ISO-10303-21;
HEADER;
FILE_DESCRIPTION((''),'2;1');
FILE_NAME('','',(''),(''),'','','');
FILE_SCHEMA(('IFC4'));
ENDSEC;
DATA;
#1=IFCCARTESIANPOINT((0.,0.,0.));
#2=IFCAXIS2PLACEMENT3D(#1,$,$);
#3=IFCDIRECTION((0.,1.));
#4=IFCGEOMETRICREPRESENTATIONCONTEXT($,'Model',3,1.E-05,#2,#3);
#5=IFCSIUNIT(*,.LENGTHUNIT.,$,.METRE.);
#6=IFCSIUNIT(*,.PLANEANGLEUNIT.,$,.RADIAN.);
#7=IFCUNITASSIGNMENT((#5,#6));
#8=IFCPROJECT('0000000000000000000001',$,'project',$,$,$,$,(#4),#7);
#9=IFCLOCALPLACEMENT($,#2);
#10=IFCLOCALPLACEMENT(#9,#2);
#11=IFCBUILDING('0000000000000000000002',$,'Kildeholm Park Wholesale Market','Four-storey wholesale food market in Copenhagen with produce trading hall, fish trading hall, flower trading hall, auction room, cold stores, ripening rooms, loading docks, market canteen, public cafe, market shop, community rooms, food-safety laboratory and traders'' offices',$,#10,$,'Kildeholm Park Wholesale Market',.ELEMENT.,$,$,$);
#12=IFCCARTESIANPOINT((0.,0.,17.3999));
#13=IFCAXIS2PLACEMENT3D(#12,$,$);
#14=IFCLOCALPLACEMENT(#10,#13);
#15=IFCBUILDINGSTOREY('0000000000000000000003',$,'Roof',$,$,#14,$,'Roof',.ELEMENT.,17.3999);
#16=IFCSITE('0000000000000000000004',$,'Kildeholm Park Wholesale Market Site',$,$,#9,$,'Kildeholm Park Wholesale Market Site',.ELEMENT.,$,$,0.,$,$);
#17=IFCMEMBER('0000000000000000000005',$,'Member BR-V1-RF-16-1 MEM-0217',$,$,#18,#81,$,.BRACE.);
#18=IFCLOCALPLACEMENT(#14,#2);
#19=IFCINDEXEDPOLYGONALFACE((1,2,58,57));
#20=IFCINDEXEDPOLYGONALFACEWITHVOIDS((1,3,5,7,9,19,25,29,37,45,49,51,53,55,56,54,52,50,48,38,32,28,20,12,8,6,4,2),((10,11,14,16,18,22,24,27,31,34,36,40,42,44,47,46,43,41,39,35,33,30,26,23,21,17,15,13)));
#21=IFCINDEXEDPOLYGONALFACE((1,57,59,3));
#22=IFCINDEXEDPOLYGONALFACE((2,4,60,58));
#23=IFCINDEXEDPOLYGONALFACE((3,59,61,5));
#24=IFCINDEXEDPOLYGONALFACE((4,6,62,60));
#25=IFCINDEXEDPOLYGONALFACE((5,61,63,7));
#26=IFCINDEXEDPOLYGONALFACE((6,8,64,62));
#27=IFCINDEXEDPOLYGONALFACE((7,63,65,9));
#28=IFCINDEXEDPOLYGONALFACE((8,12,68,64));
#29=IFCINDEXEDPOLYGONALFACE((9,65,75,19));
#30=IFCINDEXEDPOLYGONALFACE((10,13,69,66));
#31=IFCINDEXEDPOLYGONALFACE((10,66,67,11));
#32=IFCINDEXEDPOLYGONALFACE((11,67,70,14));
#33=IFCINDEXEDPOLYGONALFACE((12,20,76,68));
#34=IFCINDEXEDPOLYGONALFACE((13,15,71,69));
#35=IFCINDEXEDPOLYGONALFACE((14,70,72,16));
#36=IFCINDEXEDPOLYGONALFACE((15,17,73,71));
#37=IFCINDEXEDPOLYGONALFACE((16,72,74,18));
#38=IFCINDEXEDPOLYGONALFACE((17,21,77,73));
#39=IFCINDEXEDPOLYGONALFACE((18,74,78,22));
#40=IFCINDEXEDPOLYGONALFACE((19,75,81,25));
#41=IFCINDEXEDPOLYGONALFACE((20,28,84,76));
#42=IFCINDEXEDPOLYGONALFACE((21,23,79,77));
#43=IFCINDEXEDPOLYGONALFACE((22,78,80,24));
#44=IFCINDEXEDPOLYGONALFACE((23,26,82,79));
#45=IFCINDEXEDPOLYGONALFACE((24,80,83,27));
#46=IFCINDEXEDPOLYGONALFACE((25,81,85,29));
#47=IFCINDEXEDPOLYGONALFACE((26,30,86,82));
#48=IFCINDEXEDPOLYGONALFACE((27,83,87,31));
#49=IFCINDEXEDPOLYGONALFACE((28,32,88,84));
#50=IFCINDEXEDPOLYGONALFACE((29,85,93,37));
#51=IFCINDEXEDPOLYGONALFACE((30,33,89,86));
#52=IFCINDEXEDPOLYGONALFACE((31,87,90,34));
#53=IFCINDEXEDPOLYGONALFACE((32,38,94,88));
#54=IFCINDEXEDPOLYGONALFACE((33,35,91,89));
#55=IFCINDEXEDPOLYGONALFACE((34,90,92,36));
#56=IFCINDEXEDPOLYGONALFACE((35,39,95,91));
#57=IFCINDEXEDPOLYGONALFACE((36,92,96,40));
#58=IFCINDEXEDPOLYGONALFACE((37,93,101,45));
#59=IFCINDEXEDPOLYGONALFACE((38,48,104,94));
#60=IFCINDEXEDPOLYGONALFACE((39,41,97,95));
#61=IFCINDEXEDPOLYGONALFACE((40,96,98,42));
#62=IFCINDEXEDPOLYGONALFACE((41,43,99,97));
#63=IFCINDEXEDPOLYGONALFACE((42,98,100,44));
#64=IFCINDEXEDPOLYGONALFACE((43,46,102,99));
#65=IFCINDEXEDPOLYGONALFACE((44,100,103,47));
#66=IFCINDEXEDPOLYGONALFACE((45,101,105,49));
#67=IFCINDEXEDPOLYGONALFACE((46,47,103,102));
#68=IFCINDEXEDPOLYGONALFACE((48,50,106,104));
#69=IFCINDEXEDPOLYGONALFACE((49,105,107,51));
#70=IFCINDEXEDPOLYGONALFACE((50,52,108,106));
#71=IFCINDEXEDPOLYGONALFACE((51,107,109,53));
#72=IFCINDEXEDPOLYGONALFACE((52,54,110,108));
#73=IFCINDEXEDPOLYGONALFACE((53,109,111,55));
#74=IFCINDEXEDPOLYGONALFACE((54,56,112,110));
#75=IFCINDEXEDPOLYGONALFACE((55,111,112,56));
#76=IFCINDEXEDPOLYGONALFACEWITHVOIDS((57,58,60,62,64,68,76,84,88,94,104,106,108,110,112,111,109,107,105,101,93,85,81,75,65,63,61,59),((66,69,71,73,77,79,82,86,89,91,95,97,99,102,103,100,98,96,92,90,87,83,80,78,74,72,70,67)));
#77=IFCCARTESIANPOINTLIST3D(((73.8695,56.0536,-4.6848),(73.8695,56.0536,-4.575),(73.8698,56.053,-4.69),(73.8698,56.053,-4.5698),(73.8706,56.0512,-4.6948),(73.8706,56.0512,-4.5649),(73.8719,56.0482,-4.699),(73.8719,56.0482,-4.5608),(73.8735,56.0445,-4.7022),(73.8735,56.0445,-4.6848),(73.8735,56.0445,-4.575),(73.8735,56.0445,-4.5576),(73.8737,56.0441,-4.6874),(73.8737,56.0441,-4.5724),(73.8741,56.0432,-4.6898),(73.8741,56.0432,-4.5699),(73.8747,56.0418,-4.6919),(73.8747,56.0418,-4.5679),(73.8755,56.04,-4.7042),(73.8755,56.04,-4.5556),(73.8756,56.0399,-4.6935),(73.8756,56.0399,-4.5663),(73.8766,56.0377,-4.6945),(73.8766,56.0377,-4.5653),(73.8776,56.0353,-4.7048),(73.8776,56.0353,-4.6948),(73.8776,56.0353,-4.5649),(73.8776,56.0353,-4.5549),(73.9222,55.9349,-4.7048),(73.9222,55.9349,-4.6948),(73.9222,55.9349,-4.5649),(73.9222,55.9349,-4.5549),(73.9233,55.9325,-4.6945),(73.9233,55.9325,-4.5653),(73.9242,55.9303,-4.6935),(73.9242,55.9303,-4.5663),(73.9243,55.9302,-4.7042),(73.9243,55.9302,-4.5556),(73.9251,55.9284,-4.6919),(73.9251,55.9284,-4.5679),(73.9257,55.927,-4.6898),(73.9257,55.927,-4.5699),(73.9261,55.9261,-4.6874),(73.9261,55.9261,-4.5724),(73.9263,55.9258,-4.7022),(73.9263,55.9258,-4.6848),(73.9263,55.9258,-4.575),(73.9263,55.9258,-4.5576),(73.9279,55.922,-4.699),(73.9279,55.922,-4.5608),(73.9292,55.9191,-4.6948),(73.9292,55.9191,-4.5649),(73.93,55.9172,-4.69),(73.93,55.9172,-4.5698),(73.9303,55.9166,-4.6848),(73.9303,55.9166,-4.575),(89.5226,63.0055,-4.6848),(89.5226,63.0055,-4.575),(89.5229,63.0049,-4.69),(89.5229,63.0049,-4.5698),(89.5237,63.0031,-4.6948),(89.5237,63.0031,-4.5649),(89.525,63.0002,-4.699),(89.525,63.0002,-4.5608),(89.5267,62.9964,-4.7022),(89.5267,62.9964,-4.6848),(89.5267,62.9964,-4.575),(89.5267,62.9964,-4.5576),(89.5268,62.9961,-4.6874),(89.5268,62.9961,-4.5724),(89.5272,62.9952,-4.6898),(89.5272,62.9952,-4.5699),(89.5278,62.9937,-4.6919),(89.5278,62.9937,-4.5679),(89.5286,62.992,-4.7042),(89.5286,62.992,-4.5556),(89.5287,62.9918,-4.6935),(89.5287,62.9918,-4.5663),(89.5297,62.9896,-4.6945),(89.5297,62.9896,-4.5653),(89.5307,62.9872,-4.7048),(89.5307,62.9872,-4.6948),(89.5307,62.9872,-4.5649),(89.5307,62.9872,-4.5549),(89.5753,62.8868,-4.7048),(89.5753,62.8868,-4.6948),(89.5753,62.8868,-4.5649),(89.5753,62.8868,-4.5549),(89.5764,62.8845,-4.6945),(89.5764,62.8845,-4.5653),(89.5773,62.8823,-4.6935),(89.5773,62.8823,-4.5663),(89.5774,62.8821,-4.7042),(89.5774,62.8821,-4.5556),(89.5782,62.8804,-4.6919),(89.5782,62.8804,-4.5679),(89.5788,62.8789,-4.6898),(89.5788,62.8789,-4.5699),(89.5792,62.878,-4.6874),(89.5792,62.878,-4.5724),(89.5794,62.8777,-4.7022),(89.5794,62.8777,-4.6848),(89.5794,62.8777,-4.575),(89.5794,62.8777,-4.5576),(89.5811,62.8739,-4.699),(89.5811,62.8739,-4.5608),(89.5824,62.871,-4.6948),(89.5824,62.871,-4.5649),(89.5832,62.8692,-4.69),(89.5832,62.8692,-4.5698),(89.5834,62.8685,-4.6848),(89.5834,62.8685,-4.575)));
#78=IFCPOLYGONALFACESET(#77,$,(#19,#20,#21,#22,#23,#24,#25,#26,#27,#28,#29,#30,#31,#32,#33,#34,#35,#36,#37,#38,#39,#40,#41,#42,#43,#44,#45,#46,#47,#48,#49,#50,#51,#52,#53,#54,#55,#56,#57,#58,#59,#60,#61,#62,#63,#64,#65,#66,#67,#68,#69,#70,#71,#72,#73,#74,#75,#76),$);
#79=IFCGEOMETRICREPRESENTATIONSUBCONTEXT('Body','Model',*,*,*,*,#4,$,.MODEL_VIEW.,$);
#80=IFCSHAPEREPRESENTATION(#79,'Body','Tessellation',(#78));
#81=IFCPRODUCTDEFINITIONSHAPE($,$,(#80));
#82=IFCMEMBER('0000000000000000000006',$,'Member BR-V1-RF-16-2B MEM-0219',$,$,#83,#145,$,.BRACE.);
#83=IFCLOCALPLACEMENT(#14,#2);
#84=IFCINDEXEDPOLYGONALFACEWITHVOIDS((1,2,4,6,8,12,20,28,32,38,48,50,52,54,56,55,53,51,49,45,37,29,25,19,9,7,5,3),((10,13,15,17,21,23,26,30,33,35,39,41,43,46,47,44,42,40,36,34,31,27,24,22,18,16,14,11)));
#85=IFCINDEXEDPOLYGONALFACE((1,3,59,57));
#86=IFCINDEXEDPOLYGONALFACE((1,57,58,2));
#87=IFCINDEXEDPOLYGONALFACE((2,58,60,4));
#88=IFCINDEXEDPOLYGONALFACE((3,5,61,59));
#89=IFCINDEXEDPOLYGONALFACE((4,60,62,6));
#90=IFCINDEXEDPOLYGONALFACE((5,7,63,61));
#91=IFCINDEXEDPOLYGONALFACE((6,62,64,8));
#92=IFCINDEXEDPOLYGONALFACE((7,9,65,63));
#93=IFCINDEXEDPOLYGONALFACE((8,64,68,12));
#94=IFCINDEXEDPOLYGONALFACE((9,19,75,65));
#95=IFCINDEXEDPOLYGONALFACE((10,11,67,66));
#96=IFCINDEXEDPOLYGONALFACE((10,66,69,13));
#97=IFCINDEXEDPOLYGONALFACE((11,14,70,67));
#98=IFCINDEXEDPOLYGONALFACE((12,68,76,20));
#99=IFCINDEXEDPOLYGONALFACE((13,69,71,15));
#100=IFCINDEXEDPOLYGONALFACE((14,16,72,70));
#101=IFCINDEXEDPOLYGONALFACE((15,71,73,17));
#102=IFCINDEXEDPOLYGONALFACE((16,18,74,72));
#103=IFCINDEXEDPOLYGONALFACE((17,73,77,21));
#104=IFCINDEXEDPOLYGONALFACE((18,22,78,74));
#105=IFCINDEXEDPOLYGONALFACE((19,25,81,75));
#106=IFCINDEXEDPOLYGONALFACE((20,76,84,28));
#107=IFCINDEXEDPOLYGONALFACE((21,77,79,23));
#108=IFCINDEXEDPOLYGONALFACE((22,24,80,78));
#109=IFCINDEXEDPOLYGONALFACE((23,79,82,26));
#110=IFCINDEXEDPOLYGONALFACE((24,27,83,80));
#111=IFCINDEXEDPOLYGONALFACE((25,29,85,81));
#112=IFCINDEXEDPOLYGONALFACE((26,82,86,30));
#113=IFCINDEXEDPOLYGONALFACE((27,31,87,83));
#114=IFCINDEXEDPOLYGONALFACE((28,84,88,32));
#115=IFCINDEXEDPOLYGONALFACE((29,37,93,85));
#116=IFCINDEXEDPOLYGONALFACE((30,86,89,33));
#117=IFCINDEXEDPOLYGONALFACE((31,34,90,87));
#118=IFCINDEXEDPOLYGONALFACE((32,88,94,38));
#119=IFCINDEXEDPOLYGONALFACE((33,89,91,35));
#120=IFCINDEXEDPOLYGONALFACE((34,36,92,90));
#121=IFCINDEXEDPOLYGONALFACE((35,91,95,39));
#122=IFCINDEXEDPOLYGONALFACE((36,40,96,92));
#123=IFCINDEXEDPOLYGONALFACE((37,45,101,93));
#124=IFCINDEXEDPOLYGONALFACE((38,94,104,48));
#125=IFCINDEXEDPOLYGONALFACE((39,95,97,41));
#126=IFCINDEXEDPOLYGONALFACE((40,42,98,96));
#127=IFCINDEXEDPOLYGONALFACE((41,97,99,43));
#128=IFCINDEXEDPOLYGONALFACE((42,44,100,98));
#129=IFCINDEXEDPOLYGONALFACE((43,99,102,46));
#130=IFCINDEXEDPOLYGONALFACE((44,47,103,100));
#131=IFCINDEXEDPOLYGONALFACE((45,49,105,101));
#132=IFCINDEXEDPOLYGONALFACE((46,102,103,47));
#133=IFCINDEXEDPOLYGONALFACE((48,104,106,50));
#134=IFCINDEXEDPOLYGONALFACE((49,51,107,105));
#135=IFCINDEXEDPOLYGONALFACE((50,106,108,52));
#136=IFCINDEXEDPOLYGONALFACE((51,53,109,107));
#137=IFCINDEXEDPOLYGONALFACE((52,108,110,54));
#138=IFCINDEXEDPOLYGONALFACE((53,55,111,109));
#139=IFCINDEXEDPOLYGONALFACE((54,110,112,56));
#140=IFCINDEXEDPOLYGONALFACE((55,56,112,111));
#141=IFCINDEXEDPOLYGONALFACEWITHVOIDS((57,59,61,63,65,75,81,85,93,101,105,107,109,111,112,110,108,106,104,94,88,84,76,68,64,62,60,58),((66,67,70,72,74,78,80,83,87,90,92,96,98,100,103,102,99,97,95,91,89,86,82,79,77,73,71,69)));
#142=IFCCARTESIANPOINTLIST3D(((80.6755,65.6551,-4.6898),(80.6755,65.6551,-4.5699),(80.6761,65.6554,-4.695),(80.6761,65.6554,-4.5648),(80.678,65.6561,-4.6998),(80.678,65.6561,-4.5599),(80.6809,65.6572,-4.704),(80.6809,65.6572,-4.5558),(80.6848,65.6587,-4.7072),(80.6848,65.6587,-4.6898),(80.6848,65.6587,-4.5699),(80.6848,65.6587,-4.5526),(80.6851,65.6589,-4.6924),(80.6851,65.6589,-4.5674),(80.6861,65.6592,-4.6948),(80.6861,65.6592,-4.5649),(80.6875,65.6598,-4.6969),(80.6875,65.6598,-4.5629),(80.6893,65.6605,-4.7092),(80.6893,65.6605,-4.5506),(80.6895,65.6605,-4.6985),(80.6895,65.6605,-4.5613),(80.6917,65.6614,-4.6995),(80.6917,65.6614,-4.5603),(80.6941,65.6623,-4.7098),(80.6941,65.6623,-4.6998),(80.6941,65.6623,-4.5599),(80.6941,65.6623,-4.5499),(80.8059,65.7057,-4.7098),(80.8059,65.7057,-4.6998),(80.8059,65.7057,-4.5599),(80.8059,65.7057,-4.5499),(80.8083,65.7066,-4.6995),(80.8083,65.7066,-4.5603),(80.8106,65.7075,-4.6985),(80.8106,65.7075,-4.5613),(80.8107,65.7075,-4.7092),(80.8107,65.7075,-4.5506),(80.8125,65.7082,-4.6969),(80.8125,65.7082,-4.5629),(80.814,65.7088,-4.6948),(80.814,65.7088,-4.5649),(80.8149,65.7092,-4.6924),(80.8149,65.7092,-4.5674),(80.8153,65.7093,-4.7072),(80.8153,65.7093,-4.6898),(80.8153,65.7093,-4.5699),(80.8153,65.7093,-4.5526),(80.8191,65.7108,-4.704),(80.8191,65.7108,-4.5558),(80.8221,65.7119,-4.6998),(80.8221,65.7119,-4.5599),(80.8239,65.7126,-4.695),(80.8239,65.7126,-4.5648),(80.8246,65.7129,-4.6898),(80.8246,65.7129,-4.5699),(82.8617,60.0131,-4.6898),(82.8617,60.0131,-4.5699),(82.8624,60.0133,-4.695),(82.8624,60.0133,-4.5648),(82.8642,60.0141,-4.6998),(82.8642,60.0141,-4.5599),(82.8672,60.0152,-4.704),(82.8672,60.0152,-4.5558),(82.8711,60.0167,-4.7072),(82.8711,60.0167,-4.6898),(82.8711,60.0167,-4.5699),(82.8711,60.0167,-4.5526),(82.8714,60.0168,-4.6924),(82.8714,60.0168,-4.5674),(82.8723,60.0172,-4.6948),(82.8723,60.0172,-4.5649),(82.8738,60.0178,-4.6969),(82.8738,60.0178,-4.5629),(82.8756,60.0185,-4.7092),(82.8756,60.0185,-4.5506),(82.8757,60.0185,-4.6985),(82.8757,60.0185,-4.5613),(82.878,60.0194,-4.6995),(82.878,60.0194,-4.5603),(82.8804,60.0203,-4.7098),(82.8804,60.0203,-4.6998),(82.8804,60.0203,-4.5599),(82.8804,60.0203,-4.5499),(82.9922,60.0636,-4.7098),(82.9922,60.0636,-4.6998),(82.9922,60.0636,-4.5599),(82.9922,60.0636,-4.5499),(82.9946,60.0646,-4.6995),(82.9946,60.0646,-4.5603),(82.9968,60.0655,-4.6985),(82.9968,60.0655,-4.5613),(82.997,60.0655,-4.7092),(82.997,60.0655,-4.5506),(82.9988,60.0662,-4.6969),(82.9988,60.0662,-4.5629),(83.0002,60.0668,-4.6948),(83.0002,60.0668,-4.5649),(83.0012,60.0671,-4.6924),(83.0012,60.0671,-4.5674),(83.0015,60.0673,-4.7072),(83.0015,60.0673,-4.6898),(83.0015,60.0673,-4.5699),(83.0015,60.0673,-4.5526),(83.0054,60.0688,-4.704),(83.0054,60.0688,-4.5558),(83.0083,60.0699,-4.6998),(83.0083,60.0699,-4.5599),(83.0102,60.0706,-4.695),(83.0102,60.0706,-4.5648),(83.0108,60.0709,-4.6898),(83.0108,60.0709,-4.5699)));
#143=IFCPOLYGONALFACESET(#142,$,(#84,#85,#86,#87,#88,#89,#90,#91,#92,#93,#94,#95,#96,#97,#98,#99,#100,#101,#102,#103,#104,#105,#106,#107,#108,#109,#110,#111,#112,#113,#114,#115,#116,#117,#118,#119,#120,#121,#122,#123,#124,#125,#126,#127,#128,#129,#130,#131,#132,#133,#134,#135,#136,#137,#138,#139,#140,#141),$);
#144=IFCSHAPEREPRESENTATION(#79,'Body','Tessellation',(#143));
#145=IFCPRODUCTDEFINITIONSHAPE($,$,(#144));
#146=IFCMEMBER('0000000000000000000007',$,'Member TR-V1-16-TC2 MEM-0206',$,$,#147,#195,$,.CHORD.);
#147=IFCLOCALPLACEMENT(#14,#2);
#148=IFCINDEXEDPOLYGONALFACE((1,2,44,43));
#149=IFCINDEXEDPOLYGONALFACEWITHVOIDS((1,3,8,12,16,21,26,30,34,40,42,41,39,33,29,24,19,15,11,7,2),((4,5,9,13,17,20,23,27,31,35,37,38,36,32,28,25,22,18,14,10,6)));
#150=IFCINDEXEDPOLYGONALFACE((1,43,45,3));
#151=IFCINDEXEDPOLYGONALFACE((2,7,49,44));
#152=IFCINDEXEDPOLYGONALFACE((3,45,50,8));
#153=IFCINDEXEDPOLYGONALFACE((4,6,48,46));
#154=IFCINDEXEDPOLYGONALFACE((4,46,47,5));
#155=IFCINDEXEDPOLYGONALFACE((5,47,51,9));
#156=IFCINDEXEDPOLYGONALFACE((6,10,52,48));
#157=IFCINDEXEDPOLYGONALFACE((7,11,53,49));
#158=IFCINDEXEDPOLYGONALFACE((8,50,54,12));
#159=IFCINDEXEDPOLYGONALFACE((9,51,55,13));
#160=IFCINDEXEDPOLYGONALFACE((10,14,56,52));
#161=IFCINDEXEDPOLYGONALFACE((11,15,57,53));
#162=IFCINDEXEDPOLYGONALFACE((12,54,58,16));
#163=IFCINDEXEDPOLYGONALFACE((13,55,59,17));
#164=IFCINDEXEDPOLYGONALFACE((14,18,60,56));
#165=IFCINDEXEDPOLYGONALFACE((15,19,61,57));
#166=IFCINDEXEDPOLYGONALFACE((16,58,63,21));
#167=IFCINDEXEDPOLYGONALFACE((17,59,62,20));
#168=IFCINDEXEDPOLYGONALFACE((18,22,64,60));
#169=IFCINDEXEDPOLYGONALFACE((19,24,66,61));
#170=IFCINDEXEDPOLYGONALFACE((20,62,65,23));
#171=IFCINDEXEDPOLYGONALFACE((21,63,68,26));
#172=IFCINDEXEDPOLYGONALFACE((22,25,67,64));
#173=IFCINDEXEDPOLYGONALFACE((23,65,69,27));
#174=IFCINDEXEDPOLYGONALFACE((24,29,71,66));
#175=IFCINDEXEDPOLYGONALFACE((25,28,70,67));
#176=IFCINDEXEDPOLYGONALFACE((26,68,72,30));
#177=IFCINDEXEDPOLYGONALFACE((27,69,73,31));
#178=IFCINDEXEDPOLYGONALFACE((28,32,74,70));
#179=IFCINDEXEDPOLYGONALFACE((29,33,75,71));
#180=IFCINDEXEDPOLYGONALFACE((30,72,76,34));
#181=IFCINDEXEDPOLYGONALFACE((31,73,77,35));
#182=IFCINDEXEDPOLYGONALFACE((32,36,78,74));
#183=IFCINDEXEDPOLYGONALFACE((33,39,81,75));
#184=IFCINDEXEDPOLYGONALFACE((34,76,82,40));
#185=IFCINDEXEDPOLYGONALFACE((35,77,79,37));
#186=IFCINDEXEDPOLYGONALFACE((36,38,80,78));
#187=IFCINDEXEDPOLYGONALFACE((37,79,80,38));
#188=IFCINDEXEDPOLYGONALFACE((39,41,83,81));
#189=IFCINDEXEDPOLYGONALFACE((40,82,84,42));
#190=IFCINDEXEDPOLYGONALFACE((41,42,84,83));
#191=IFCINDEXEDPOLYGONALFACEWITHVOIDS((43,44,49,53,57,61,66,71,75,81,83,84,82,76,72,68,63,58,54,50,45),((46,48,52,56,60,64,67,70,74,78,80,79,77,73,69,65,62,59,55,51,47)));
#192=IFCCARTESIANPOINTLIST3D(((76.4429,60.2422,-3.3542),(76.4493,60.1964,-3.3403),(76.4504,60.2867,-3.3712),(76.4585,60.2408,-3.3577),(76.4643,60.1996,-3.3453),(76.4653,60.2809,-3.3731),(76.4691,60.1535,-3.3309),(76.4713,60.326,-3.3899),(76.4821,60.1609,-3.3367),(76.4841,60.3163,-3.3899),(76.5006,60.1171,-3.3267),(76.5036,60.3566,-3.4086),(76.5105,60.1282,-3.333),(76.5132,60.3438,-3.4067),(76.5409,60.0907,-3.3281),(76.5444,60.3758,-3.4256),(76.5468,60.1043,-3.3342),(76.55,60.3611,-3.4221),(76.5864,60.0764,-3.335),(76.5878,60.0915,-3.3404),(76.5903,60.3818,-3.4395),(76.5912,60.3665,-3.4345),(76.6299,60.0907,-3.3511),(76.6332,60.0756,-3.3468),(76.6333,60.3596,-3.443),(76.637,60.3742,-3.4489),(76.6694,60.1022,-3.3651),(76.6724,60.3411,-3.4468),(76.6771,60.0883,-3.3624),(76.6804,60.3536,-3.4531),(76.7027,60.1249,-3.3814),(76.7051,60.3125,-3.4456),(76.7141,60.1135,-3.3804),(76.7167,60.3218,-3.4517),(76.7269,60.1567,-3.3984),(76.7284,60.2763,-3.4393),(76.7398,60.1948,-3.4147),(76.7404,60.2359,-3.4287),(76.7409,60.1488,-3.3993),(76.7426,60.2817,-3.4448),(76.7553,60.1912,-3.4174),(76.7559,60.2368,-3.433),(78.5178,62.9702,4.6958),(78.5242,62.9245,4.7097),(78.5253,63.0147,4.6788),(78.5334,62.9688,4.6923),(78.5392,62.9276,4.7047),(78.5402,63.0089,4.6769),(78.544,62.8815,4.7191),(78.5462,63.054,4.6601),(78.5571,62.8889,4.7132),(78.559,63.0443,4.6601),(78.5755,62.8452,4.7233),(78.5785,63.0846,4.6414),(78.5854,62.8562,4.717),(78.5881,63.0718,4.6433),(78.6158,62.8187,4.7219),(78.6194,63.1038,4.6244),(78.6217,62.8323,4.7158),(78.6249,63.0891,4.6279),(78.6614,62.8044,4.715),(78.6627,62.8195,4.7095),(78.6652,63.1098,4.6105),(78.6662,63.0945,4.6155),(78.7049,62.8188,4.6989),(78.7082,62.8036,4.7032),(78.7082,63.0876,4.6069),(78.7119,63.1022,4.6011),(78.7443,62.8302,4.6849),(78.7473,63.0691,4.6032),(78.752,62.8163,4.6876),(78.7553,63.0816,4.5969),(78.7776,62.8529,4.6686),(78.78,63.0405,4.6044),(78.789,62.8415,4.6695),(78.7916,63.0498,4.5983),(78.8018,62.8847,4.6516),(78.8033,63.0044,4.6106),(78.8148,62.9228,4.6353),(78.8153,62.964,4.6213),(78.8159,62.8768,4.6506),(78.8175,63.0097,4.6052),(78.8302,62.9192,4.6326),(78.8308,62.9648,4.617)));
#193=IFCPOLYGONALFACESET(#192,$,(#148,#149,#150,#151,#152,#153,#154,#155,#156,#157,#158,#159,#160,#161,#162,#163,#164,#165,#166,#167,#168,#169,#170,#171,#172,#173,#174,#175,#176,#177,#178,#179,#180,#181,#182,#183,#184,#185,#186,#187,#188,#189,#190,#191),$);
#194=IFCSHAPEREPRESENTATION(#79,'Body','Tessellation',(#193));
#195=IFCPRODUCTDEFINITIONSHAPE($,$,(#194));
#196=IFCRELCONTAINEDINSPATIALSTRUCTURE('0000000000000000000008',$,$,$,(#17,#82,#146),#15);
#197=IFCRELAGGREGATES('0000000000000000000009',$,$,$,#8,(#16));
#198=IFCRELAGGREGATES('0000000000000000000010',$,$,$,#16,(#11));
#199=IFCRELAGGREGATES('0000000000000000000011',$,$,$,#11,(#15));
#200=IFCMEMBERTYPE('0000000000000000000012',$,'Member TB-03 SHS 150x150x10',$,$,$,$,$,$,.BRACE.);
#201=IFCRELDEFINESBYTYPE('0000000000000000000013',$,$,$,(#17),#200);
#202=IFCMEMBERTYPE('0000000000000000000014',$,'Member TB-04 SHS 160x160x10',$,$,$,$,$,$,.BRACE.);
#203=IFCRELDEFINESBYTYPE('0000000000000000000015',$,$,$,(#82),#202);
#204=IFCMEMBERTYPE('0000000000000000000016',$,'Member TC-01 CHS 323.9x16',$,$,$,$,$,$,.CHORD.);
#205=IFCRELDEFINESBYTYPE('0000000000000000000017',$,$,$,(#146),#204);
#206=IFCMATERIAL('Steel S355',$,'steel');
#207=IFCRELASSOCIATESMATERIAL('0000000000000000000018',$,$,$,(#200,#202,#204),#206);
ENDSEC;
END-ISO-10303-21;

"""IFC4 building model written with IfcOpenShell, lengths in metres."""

from ifc_helpers import new_model, si_unit, direction, frame, origin, origin_2d, place, context, subcontext, project, spatial, hollow_rectangle, hollow_circle, extrude, material, material_profile, profile_set, type_object, element, save


model = new_model("IFC4")

# Units and contexts
model_context = context("Model", 3, precision=1e-05, world=origin(), true_north=direction((0.0, 1.0)))
body_context = subcontext(model_context, "Body", "Model", "MODEL_VIEW")
ifc_project = project(units=[si_unit("LENGTHUNIT", "METRE"), si_unit("PLANEANGLEUNIT", "RADIAN")], contexts=[model_context])

# Site, building, storey
site_placement = place(None, origin())
site = spatial("IfcSite", under=ifc_project, at=site_placement, Name="Kildeholm Park Wholesale Market Site", LongName="Kildeholm Park Wholesale Market Site", CompositionType="ELEMENT", RefElevation=0.0)
building_placement = place(site_placement, origin())
building = spatial("IfcBuilding", under=site, at=building_placement, Name="Kildeholm Park Wholesale Market", Description="Four-storey wholesale food market in Copenhagen with produce trading hall, fish trading hall, flower trading hall, auction room, cold stores, ripening rooms, loading docks, market canteen, public cafe, market shop, community rooms, food-safety laboratory and traders' offices", LongName="Kildeholm Park Wholesale Market", CompositionType="ELEMENT")
storey_placement = place(building_placement, frame((0.0, 0.0, 17.3999)))
storey = spatial("IfcBuildingStorey", under=building, at=storey_placement, Name="Roof", LongName="Roof", CompositionType="ELEMENT", Elevation=17.3999)

# Members
ifc_material_1 = material(Name="Steel S355", Category="steel")
ifc_material_profile_1 = material_profile(ifc_material_1, hollow_rectangle(XDim=0.1499, YDim=0.1499, WallThickness=0.01, InnerFilletRadius=0.01, OuterFilletRadius=0.02, at=origin_2d()), Name="SHS 150x150x10")
ifc_profile_set_1 = profile_set([ifc_material_profile_1], Name="Steel S355")
member_type_1 = type_object("IfcMemberType", Name="Member TB-03 SHS 150x150x10", PredefinedType="BRACE", material=ifc_profile_set_1)
member_1_placement = place(storey_placement, frame((73.8999, 55.9851, -4.6299), z_axis=(0.91392, 0.405894, 0.0), x_axis=(-0.405894, 0.91392, 0.0)))
element("IfcMember", 1, at=member_1_placement, inside=storey, type_object=member_type_1, Name="Member BR-V1-RF-16-1 MEM-0217", PredefinedType="BRACE", context=body_context, shape_type="SweptSolid", body=[
    extrude(hollow_rectangle(XDim=0.1499, YDim=0.1499, WallThickness=0.01, InnerFilletRadius=0.01, OuterFilletRadius=0.02, at=origin_2d()), origin(), (0.0, 0.0, 1.0), 17.1274),
])
ifc_material_profile_2 = material_profile(ifc_material_1, hollow_rectangle(XDim=0.1599, YDim=0.1599, WallThickness=0.01, InnerFilletRadius=0.01, OuterFilletRadius=0.02, at=origin_2d()), Name="SHS 160x160x10")
ifc_profile_set_2 = profile_set([ifc_material_profile_2], Name="Steel S355")
member_type_2 = type_object("IfcMemberType", Name="Member TB-04 SHS 160x160x10", PredefinedType="BRACE", material=ifc_profile_set_2)
member_2_placement = place(storey_placement, frame((82.9363, 60.042, -4.6299), z_axis=(-0.361317, 0.932443, 0.0), x_axis=(-0.932443, -0.361317, 0.0)))
element("IfcMember", 2, at=member_2_placement, inside=storey, type_object=member_type_2, Name="Member BR-V1-RF-16-2B MEM-0219", PredefinedType="BRACE", context=body_context, shape_type="SweptSolid", body=[
    extrude(hollow_rectangle(XDim=0.1599, YDim=0.1599, WallThickness=0.01, InnerFilletRadius=0.01, OuterFilletRadius=0.02, at=origin_2d()), origin(), (0.0, 0.0, 1.0), 6.0508),
])
ifc_material_profile_3 = material_profile(ifc_material_1, hollow_circle(Radius=0.1619, WallThickness=0.0161, at=origin_2d()), Name="CHS 323.9x16")
ifc_profile_set_3 = profile_set([ifc_material_profile_3], Name="Steel S355")
member_type_3 = type_object("IfcMemberType", Name="Member TC-01 CHS 323.9x16", PredefinedType="CHORD", material=ifc_profile_set_3)
member_3_placement = place(storey_placement, frame((76.6001, 60.228, -3.3899), z_axis=(0.237155, 0.311798, 0.920076), x_axis=(-0.79593, 0.605388, 0.0)))
element("IfcMember", 3, at=member_3_placement, inside=storey, type_object=member_type_3, Name="Member TR-V1-16-TC2 MEM-0206", PredefinedType="CHORD", context=body_context, shape_type="SweptSolid", body=[
    extrude(hollow_circle(Radius=0.1619, WallThickness=0.0161, at=origin_2d()), origin(), (0.0, 0.0, 1.0), 8.7493),
])

save(model, "model.ifc")
